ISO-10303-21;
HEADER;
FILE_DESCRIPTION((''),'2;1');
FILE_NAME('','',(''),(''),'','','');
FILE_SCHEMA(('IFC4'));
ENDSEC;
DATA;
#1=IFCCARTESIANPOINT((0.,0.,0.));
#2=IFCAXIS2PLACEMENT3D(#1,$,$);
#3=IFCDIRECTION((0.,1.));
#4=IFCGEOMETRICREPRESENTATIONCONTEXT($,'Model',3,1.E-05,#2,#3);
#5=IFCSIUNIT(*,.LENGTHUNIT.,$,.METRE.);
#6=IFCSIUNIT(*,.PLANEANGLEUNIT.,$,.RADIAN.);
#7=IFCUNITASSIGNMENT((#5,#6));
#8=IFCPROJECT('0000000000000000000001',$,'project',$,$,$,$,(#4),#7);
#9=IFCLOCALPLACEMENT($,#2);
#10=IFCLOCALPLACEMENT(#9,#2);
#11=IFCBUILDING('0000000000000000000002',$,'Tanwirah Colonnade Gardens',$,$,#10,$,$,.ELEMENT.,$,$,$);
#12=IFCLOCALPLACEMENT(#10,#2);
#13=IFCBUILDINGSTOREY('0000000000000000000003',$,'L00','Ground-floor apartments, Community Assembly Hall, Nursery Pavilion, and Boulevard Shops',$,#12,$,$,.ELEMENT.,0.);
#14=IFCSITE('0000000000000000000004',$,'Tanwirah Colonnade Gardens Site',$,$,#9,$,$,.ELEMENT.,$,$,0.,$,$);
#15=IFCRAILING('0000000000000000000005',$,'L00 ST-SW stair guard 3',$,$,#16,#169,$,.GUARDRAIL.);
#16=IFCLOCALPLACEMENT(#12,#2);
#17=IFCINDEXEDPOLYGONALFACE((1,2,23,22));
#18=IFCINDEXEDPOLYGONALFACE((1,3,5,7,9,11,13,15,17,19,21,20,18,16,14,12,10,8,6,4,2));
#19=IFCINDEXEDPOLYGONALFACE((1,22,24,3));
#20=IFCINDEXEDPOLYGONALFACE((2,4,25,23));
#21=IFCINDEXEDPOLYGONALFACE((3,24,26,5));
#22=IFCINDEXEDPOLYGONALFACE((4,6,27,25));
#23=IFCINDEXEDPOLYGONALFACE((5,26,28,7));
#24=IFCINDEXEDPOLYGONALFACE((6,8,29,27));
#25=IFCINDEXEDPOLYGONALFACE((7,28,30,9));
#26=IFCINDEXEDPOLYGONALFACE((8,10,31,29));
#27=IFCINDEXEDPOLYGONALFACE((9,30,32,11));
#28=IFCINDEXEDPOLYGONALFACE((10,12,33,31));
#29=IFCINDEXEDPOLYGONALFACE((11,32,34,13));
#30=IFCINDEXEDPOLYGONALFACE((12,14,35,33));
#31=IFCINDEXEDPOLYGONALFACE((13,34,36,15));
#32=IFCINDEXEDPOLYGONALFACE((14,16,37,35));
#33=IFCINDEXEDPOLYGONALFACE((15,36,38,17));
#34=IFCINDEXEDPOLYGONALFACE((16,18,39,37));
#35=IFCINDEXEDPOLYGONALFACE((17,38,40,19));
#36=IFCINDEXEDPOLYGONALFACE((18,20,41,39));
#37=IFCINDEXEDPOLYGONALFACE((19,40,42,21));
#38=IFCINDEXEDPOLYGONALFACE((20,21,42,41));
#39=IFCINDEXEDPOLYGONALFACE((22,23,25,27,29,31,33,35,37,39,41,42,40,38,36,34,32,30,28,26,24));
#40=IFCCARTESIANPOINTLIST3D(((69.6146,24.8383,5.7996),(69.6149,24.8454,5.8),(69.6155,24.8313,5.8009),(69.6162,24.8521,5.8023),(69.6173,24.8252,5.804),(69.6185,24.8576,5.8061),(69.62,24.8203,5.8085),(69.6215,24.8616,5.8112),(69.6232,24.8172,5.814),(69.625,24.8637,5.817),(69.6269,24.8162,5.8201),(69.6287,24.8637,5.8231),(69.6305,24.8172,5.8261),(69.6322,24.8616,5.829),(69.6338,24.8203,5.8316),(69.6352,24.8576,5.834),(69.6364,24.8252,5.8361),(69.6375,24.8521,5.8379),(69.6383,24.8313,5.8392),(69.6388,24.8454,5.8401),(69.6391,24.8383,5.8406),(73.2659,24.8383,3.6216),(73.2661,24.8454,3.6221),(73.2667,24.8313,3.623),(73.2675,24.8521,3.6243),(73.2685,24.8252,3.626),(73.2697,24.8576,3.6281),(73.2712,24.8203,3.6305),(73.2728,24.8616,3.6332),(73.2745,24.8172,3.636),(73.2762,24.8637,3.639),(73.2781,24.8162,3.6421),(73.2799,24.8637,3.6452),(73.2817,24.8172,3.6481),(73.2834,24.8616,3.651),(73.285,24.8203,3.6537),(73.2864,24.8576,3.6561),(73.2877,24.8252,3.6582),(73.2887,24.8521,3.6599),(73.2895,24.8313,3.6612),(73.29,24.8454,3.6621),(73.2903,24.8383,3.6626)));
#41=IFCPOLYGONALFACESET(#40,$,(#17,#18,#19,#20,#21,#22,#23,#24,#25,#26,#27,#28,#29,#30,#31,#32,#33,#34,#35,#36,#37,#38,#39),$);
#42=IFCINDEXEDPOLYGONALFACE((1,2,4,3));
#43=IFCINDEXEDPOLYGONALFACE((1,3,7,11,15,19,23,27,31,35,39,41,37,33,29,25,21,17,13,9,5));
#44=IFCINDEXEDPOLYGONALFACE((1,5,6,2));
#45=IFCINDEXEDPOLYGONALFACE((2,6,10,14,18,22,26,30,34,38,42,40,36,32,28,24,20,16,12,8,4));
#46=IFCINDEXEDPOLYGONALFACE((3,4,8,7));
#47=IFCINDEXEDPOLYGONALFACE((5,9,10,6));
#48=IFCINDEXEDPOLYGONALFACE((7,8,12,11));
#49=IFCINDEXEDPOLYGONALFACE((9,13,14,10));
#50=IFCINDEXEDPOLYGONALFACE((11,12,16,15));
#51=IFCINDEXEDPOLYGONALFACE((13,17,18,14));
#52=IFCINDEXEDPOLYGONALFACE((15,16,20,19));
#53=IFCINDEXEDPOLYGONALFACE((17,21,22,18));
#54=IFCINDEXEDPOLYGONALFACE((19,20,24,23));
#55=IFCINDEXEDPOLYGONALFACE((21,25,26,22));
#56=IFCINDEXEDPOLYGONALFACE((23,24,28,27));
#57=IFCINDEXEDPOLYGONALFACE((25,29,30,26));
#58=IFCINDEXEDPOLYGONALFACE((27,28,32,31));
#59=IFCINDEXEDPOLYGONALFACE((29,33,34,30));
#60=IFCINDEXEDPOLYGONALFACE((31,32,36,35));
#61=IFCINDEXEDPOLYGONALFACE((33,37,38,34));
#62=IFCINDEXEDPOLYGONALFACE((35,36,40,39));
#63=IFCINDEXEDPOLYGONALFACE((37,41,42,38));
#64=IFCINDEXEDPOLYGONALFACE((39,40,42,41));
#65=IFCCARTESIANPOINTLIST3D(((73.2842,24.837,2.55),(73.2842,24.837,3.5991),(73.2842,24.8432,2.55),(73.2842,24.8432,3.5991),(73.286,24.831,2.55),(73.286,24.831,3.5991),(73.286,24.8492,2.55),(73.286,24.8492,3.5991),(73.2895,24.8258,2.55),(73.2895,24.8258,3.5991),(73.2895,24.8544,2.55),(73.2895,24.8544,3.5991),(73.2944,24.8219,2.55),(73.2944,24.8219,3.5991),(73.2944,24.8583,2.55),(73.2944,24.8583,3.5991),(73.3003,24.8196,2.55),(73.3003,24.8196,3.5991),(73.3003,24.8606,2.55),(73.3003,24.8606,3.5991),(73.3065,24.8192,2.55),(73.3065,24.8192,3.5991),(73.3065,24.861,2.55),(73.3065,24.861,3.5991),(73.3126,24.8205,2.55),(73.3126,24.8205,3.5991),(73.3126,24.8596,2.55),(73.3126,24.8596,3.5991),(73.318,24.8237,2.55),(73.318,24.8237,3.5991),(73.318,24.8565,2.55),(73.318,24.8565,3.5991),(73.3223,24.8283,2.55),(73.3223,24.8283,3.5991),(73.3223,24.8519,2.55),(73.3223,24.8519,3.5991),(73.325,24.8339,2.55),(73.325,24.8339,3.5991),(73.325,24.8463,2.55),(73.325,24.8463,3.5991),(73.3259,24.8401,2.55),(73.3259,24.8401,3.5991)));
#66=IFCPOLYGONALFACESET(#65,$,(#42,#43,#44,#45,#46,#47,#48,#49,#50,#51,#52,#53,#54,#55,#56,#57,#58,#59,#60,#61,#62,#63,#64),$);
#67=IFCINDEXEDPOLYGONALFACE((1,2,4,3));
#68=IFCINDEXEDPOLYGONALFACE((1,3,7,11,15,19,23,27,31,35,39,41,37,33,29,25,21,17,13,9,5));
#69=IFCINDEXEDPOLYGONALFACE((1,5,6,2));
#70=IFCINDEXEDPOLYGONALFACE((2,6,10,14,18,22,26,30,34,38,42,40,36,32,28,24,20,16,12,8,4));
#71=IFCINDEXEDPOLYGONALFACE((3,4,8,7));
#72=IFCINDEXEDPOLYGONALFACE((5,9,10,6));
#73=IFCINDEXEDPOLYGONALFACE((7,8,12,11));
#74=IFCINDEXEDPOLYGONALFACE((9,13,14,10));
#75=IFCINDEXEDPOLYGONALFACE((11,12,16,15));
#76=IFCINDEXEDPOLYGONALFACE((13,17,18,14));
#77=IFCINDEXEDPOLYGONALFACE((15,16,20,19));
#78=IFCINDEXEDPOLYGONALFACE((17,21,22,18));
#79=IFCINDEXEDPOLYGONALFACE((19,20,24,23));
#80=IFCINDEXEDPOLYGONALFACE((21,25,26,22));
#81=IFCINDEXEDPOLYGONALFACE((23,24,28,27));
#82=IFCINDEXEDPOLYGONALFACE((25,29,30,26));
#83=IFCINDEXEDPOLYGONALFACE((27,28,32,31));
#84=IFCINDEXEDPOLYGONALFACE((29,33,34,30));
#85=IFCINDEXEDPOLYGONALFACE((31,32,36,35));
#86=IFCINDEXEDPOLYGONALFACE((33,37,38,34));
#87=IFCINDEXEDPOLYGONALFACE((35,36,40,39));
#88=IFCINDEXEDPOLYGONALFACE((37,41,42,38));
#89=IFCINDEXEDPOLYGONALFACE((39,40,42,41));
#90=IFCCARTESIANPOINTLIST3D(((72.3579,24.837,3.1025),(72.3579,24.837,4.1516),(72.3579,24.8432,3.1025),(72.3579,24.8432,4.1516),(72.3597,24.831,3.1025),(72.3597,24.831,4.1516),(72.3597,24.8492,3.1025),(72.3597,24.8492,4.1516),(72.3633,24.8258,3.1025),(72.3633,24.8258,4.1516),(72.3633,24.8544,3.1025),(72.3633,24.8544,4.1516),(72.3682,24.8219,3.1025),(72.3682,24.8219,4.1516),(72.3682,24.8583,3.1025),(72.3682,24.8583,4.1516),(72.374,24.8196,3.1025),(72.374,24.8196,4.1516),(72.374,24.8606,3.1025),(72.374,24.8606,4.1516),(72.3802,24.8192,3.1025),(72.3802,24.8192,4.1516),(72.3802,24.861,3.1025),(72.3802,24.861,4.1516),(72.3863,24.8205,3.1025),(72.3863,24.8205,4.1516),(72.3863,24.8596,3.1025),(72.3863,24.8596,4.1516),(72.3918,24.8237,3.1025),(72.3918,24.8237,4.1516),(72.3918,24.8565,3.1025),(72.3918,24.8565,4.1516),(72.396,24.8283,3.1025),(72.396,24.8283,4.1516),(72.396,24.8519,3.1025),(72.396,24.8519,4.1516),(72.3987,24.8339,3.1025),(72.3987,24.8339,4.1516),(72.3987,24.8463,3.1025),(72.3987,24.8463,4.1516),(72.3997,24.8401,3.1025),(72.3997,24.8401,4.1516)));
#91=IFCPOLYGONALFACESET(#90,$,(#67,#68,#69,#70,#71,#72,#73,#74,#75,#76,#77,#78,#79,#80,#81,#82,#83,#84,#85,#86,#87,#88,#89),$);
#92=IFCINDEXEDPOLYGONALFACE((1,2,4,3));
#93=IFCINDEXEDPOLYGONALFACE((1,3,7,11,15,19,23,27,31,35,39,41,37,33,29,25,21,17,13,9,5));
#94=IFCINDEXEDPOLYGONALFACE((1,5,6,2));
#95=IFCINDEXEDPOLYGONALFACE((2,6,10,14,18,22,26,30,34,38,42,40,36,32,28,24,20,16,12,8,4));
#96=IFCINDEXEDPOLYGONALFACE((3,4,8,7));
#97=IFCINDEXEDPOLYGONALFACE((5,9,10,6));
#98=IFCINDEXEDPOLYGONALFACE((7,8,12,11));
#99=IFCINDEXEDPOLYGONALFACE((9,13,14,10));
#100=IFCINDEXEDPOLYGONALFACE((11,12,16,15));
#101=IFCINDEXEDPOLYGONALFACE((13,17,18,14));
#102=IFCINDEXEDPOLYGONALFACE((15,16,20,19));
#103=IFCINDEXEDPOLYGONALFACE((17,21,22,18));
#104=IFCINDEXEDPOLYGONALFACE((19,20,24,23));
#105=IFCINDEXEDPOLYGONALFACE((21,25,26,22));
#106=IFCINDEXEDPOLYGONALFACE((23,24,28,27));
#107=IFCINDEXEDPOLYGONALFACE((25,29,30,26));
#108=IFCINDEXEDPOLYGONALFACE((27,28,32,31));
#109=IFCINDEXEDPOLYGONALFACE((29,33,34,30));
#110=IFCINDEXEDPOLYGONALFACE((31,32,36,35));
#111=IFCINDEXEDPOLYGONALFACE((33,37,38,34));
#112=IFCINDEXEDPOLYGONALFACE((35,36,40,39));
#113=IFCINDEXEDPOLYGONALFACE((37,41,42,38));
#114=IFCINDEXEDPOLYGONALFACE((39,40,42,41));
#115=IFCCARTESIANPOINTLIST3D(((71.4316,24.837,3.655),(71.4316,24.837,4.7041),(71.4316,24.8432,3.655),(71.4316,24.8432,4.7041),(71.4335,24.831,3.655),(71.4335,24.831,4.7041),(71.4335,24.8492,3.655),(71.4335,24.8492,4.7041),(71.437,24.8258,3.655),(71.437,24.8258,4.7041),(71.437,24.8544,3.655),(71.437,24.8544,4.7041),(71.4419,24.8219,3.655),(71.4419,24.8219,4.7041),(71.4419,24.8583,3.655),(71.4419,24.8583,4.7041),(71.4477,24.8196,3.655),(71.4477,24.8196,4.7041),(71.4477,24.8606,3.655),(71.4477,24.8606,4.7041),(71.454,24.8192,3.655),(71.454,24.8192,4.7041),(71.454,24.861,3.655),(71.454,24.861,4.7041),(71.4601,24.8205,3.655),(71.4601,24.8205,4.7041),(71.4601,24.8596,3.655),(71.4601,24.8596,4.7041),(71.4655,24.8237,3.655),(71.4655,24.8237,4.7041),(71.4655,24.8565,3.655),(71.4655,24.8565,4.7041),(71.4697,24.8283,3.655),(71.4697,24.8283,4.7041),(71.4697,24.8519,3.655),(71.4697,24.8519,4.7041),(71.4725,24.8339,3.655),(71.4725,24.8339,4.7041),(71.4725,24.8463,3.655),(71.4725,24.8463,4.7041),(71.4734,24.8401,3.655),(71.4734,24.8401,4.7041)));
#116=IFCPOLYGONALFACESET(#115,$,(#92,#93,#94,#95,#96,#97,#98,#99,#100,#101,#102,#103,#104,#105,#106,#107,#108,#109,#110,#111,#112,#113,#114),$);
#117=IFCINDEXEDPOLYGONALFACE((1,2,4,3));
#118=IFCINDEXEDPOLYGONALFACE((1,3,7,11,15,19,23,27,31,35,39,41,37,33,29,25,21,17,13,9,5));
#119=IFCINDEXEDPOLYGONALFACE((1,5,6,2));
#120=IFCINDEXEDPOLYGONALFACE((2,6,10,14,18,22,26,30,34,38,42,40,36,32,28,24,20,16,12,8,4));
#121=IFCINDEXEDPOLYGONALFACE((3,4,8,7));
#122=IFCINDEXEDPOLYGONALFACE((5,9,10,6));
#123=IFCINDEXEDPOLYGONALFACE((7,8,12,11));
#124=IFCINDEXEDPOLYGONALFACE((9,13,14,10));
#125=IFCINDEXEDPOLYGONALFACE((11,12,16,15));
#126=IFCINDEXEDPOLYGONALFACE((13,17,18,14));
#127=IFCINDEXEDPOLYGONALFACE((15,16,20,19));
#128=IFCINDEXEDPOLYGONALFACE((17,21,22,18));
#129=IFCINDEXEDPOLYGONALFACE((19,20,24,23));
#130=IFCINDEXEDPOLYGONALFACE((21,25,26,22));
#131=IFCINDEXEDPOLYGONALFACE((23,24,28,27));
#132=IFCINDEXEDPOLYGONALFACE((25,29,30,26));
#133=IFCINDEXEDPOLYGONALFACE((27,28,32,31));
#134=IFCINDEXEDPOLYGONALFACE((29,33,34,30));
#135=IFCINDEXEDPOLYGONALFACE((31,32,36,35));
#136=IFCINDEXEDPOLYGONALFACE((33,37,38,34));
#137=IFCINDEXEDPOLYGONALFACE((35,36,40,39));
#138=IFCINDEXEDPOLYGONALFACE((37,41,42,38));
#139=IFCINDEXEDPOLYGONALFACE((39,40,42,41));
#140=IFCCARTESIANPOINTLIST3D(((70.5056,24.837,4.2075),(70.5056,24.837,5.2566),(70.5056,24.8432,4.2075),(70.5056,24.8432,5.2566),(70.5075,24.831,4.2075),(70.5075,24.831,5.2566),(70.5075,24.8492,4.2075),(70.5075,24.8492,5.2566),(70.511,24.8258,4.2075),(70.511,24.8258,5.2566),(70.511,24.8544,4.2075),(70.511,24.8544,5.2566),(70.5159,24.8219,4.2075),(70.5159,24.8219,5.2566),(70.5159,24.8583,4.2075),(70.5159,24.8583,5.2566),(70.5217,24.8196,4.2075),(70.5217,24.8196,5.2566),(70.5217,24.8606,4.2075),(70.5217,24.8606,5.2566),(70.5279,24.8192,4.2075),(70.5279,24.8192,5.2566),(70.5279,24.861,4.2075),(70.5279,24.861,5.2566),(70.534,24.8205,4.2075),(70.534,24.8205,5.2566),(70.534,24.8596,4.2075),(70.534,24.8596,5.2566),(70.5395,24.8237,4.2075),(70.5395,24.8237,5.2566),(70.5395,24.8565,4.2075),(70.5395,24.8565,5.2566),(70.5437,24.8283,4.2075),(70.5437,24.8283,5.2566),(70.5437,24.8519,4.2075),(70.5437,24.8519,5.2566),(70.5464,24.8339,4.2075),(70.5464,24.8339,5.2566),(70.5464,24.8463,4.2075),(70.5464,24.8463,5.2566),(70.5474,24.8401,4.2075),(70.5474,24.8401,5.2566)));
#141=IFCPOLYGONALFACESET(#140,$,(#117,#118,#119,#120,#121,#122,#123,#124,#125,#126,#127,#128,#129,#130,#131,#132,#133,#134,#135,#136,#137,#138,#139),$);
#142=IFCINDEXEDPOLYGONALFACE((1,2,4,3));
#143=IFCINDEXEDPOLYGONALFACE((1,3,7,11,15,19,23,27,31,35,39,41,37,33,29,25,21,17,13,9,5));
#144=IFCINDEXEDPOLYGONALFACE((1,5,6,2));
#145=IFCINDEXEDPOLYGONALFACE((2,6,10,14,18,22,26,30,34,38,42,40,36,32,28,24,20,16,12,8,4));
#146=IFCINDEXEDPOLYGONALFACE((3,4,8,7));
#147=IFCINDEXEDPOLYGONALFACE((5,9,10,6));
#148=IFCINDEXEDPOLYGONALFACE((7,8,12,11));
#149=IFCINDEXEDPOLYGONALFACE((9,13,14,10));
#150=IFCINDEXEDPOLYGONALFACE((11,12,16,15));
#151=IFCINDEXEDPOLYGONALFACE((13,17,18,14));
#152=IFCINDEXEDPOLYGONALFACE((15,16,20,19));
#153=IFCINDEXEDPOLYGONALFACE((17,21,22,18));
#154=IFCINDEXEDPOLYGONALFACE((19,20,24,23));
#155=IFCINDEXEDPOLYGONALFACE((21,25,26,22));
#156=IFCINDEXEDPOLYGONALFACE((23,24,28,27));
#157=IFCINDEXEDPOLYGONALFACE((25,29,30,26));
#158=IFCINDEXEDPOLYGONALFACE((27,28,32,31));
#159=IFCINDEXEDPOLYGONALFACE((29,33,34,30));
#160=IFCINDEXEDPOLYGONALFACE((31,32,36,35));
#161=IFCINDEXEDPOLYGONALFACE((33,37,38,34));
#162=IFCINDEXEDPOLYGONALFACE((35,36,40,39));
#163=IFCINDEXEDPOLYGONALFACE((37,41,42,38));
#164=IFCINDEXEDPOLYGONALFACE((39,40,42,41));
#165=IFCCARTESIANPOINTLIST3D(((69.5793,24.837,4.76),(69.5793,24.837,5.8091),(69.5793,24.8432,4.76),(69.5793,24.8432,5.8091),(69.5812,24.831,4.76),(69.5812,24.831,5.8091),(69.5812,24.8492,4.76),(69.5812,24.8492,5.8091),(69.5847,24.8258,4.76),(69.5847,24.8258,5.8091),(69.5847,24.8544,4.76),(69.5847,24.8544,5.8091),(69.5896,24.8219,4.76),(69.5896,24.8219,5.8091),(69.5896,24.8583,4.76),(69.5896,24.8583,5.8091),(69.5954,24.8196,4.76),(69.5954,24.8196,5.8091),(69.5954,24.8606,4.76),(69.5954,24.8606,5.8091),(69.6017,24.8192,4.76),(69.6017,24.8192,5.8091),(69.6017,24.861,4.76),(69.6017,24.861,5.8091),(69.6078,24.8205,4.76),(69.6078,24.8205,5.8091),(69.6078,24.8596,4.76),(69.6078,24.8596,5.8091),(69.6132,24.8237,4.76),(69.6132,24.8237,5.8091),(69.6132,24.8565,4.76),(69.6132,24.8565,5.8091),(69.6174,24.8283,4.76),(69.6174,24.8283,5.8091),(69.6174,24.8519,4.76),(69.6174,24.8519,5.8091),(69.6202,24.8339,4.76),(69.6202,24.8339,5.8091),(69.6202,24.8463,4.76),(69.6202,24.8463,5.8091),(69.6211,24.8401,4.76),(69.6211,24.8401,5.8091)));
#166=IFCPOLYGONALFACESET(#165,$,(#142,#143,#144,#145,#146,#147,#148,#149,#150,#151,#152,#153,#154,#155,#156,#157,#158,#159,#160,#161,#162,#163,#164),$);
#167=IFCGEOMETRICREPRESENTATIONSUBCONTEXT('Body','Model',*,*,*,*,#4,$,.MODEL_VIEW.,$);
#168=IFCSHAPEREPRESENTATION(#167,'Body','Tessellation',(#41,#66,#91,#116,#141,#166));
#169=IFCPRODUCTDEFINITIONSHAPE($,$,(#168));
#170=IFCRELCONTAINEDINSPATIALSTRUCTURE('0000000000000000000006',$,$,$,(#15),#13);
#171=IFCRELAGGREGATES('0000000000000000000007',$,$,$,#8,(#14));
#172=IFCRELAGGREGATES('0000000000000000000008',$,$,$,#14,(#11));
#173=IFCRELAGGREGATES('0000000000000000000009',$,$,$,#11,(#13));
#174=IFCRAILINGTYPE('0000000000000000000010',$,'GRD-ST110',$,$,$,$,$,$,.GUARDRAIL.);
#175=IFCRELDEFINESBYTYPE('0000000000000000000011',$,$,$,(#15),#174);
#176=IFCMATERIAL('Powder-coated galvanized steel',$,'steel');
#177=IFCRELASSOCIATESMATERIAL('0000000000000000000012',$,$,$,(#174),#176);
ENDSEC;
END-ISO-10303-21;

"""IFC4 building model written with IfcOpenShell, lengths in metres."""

from ifc_helpers import new_model, si_unit, direction, frame, origin, origin_2d, place, context, subcontext, project, spatial, circle, extrude, material, type_object, element, save


model = new_model("IFC4")

# Units and contexts
model_context = context("Model", 3, precision=1e-05, world=origin(), true_north=direction((0.0, 1.0)))
body_context = subcontext(model_context, "Body", "Model", "MODEL_VIEW")
ifc_project = project(units=[si_unit("LENGTHUNIT", "METRE"), si_unit("PLANEANGLEUNIT", "RADIAN")], contexts=[model_context])

# Site, building, storey
site_placement = place(None, origin())
site = spatial("IfcSite", under=ifc_project, at=site_placement, Name="Tanwirah Colonnade Gardens Site", CompositionType="ELEMENT", RefElevation=0.0)
building_placement = place(site_placement, origin())
building = spatial("IfcBuilding", under=site, at=building_placement, Name="Tanwirah Colonnade Gardens", CompositionType="ELEMENT")
storey_placement = place(building_placement, origin())
storey = spatial("IfcBuildingStorey", under=building, at=storey_placement, Name="L00", Description="Ground-floor apartments, Community Assembly Hall, Nursery Pavilion, and Boulevard Shops", CompositionType="ELEMENT", Elevation=0.0)

# Railing
ifc_material_1 = material(Name="Powder-coated galvanized steel", Category="steel")
railing_type_1 = type_object("IfcRailingType", Name="GRD-ST110", PredefinedType="GUARDRAIL", material=ifc_material_1)
railing_1_placement = place(storey_placement, frame((73.3049, 24.8401, 2.55)))
element("IfcRailing", 1, at=railing_1_placement, inside=storey, type_object=railing_type_1, Name="L00 ST-SW stair guard 3", PredefinedType="GUARDRAIL", context=body_context, shape_type="SweptSolid", body=[
    extrude(circle(Radius=0.0239, at=origin_2d()), frame((-0.0269, 0.0, 1.092), z_axis=(-0.858813, 0.0, 0.512289), x_axis=(0.0, -1.0, 0.0)), (0.0, 0.0, 1.0), 4.2515),
    extrude(circle(Radius=0.021, at=origin_2d()), origin(), (0.0, 0.0, 1.0), 1.0491),
    extrude(circle(Radius=0.021, at=origin_2d()), frame((-0.9263, 0.0, 0.5525)), (0.0, 0.0, 1.0), 1.0491),
    extrude(circle(Radius=0.021, at=origin_2d()), frame((-1.8525, 0.0, 1.105)), (0.0, 0.0, 1.0), 1.0491),
    extrude(circle(Radius=0.021, at=origin_2d()), frame((-2.7786, 0.0, 1.6575)), (0.0, 0.0, 1.0), 1.0491),
    extrude(circle(Radius=0.021, at=origin_2d()), frame((-3.7048, 0.0, 2.21)), (0.0, 0.0, 1.0), 1.0491),
])

save(model, "model.ifc")
